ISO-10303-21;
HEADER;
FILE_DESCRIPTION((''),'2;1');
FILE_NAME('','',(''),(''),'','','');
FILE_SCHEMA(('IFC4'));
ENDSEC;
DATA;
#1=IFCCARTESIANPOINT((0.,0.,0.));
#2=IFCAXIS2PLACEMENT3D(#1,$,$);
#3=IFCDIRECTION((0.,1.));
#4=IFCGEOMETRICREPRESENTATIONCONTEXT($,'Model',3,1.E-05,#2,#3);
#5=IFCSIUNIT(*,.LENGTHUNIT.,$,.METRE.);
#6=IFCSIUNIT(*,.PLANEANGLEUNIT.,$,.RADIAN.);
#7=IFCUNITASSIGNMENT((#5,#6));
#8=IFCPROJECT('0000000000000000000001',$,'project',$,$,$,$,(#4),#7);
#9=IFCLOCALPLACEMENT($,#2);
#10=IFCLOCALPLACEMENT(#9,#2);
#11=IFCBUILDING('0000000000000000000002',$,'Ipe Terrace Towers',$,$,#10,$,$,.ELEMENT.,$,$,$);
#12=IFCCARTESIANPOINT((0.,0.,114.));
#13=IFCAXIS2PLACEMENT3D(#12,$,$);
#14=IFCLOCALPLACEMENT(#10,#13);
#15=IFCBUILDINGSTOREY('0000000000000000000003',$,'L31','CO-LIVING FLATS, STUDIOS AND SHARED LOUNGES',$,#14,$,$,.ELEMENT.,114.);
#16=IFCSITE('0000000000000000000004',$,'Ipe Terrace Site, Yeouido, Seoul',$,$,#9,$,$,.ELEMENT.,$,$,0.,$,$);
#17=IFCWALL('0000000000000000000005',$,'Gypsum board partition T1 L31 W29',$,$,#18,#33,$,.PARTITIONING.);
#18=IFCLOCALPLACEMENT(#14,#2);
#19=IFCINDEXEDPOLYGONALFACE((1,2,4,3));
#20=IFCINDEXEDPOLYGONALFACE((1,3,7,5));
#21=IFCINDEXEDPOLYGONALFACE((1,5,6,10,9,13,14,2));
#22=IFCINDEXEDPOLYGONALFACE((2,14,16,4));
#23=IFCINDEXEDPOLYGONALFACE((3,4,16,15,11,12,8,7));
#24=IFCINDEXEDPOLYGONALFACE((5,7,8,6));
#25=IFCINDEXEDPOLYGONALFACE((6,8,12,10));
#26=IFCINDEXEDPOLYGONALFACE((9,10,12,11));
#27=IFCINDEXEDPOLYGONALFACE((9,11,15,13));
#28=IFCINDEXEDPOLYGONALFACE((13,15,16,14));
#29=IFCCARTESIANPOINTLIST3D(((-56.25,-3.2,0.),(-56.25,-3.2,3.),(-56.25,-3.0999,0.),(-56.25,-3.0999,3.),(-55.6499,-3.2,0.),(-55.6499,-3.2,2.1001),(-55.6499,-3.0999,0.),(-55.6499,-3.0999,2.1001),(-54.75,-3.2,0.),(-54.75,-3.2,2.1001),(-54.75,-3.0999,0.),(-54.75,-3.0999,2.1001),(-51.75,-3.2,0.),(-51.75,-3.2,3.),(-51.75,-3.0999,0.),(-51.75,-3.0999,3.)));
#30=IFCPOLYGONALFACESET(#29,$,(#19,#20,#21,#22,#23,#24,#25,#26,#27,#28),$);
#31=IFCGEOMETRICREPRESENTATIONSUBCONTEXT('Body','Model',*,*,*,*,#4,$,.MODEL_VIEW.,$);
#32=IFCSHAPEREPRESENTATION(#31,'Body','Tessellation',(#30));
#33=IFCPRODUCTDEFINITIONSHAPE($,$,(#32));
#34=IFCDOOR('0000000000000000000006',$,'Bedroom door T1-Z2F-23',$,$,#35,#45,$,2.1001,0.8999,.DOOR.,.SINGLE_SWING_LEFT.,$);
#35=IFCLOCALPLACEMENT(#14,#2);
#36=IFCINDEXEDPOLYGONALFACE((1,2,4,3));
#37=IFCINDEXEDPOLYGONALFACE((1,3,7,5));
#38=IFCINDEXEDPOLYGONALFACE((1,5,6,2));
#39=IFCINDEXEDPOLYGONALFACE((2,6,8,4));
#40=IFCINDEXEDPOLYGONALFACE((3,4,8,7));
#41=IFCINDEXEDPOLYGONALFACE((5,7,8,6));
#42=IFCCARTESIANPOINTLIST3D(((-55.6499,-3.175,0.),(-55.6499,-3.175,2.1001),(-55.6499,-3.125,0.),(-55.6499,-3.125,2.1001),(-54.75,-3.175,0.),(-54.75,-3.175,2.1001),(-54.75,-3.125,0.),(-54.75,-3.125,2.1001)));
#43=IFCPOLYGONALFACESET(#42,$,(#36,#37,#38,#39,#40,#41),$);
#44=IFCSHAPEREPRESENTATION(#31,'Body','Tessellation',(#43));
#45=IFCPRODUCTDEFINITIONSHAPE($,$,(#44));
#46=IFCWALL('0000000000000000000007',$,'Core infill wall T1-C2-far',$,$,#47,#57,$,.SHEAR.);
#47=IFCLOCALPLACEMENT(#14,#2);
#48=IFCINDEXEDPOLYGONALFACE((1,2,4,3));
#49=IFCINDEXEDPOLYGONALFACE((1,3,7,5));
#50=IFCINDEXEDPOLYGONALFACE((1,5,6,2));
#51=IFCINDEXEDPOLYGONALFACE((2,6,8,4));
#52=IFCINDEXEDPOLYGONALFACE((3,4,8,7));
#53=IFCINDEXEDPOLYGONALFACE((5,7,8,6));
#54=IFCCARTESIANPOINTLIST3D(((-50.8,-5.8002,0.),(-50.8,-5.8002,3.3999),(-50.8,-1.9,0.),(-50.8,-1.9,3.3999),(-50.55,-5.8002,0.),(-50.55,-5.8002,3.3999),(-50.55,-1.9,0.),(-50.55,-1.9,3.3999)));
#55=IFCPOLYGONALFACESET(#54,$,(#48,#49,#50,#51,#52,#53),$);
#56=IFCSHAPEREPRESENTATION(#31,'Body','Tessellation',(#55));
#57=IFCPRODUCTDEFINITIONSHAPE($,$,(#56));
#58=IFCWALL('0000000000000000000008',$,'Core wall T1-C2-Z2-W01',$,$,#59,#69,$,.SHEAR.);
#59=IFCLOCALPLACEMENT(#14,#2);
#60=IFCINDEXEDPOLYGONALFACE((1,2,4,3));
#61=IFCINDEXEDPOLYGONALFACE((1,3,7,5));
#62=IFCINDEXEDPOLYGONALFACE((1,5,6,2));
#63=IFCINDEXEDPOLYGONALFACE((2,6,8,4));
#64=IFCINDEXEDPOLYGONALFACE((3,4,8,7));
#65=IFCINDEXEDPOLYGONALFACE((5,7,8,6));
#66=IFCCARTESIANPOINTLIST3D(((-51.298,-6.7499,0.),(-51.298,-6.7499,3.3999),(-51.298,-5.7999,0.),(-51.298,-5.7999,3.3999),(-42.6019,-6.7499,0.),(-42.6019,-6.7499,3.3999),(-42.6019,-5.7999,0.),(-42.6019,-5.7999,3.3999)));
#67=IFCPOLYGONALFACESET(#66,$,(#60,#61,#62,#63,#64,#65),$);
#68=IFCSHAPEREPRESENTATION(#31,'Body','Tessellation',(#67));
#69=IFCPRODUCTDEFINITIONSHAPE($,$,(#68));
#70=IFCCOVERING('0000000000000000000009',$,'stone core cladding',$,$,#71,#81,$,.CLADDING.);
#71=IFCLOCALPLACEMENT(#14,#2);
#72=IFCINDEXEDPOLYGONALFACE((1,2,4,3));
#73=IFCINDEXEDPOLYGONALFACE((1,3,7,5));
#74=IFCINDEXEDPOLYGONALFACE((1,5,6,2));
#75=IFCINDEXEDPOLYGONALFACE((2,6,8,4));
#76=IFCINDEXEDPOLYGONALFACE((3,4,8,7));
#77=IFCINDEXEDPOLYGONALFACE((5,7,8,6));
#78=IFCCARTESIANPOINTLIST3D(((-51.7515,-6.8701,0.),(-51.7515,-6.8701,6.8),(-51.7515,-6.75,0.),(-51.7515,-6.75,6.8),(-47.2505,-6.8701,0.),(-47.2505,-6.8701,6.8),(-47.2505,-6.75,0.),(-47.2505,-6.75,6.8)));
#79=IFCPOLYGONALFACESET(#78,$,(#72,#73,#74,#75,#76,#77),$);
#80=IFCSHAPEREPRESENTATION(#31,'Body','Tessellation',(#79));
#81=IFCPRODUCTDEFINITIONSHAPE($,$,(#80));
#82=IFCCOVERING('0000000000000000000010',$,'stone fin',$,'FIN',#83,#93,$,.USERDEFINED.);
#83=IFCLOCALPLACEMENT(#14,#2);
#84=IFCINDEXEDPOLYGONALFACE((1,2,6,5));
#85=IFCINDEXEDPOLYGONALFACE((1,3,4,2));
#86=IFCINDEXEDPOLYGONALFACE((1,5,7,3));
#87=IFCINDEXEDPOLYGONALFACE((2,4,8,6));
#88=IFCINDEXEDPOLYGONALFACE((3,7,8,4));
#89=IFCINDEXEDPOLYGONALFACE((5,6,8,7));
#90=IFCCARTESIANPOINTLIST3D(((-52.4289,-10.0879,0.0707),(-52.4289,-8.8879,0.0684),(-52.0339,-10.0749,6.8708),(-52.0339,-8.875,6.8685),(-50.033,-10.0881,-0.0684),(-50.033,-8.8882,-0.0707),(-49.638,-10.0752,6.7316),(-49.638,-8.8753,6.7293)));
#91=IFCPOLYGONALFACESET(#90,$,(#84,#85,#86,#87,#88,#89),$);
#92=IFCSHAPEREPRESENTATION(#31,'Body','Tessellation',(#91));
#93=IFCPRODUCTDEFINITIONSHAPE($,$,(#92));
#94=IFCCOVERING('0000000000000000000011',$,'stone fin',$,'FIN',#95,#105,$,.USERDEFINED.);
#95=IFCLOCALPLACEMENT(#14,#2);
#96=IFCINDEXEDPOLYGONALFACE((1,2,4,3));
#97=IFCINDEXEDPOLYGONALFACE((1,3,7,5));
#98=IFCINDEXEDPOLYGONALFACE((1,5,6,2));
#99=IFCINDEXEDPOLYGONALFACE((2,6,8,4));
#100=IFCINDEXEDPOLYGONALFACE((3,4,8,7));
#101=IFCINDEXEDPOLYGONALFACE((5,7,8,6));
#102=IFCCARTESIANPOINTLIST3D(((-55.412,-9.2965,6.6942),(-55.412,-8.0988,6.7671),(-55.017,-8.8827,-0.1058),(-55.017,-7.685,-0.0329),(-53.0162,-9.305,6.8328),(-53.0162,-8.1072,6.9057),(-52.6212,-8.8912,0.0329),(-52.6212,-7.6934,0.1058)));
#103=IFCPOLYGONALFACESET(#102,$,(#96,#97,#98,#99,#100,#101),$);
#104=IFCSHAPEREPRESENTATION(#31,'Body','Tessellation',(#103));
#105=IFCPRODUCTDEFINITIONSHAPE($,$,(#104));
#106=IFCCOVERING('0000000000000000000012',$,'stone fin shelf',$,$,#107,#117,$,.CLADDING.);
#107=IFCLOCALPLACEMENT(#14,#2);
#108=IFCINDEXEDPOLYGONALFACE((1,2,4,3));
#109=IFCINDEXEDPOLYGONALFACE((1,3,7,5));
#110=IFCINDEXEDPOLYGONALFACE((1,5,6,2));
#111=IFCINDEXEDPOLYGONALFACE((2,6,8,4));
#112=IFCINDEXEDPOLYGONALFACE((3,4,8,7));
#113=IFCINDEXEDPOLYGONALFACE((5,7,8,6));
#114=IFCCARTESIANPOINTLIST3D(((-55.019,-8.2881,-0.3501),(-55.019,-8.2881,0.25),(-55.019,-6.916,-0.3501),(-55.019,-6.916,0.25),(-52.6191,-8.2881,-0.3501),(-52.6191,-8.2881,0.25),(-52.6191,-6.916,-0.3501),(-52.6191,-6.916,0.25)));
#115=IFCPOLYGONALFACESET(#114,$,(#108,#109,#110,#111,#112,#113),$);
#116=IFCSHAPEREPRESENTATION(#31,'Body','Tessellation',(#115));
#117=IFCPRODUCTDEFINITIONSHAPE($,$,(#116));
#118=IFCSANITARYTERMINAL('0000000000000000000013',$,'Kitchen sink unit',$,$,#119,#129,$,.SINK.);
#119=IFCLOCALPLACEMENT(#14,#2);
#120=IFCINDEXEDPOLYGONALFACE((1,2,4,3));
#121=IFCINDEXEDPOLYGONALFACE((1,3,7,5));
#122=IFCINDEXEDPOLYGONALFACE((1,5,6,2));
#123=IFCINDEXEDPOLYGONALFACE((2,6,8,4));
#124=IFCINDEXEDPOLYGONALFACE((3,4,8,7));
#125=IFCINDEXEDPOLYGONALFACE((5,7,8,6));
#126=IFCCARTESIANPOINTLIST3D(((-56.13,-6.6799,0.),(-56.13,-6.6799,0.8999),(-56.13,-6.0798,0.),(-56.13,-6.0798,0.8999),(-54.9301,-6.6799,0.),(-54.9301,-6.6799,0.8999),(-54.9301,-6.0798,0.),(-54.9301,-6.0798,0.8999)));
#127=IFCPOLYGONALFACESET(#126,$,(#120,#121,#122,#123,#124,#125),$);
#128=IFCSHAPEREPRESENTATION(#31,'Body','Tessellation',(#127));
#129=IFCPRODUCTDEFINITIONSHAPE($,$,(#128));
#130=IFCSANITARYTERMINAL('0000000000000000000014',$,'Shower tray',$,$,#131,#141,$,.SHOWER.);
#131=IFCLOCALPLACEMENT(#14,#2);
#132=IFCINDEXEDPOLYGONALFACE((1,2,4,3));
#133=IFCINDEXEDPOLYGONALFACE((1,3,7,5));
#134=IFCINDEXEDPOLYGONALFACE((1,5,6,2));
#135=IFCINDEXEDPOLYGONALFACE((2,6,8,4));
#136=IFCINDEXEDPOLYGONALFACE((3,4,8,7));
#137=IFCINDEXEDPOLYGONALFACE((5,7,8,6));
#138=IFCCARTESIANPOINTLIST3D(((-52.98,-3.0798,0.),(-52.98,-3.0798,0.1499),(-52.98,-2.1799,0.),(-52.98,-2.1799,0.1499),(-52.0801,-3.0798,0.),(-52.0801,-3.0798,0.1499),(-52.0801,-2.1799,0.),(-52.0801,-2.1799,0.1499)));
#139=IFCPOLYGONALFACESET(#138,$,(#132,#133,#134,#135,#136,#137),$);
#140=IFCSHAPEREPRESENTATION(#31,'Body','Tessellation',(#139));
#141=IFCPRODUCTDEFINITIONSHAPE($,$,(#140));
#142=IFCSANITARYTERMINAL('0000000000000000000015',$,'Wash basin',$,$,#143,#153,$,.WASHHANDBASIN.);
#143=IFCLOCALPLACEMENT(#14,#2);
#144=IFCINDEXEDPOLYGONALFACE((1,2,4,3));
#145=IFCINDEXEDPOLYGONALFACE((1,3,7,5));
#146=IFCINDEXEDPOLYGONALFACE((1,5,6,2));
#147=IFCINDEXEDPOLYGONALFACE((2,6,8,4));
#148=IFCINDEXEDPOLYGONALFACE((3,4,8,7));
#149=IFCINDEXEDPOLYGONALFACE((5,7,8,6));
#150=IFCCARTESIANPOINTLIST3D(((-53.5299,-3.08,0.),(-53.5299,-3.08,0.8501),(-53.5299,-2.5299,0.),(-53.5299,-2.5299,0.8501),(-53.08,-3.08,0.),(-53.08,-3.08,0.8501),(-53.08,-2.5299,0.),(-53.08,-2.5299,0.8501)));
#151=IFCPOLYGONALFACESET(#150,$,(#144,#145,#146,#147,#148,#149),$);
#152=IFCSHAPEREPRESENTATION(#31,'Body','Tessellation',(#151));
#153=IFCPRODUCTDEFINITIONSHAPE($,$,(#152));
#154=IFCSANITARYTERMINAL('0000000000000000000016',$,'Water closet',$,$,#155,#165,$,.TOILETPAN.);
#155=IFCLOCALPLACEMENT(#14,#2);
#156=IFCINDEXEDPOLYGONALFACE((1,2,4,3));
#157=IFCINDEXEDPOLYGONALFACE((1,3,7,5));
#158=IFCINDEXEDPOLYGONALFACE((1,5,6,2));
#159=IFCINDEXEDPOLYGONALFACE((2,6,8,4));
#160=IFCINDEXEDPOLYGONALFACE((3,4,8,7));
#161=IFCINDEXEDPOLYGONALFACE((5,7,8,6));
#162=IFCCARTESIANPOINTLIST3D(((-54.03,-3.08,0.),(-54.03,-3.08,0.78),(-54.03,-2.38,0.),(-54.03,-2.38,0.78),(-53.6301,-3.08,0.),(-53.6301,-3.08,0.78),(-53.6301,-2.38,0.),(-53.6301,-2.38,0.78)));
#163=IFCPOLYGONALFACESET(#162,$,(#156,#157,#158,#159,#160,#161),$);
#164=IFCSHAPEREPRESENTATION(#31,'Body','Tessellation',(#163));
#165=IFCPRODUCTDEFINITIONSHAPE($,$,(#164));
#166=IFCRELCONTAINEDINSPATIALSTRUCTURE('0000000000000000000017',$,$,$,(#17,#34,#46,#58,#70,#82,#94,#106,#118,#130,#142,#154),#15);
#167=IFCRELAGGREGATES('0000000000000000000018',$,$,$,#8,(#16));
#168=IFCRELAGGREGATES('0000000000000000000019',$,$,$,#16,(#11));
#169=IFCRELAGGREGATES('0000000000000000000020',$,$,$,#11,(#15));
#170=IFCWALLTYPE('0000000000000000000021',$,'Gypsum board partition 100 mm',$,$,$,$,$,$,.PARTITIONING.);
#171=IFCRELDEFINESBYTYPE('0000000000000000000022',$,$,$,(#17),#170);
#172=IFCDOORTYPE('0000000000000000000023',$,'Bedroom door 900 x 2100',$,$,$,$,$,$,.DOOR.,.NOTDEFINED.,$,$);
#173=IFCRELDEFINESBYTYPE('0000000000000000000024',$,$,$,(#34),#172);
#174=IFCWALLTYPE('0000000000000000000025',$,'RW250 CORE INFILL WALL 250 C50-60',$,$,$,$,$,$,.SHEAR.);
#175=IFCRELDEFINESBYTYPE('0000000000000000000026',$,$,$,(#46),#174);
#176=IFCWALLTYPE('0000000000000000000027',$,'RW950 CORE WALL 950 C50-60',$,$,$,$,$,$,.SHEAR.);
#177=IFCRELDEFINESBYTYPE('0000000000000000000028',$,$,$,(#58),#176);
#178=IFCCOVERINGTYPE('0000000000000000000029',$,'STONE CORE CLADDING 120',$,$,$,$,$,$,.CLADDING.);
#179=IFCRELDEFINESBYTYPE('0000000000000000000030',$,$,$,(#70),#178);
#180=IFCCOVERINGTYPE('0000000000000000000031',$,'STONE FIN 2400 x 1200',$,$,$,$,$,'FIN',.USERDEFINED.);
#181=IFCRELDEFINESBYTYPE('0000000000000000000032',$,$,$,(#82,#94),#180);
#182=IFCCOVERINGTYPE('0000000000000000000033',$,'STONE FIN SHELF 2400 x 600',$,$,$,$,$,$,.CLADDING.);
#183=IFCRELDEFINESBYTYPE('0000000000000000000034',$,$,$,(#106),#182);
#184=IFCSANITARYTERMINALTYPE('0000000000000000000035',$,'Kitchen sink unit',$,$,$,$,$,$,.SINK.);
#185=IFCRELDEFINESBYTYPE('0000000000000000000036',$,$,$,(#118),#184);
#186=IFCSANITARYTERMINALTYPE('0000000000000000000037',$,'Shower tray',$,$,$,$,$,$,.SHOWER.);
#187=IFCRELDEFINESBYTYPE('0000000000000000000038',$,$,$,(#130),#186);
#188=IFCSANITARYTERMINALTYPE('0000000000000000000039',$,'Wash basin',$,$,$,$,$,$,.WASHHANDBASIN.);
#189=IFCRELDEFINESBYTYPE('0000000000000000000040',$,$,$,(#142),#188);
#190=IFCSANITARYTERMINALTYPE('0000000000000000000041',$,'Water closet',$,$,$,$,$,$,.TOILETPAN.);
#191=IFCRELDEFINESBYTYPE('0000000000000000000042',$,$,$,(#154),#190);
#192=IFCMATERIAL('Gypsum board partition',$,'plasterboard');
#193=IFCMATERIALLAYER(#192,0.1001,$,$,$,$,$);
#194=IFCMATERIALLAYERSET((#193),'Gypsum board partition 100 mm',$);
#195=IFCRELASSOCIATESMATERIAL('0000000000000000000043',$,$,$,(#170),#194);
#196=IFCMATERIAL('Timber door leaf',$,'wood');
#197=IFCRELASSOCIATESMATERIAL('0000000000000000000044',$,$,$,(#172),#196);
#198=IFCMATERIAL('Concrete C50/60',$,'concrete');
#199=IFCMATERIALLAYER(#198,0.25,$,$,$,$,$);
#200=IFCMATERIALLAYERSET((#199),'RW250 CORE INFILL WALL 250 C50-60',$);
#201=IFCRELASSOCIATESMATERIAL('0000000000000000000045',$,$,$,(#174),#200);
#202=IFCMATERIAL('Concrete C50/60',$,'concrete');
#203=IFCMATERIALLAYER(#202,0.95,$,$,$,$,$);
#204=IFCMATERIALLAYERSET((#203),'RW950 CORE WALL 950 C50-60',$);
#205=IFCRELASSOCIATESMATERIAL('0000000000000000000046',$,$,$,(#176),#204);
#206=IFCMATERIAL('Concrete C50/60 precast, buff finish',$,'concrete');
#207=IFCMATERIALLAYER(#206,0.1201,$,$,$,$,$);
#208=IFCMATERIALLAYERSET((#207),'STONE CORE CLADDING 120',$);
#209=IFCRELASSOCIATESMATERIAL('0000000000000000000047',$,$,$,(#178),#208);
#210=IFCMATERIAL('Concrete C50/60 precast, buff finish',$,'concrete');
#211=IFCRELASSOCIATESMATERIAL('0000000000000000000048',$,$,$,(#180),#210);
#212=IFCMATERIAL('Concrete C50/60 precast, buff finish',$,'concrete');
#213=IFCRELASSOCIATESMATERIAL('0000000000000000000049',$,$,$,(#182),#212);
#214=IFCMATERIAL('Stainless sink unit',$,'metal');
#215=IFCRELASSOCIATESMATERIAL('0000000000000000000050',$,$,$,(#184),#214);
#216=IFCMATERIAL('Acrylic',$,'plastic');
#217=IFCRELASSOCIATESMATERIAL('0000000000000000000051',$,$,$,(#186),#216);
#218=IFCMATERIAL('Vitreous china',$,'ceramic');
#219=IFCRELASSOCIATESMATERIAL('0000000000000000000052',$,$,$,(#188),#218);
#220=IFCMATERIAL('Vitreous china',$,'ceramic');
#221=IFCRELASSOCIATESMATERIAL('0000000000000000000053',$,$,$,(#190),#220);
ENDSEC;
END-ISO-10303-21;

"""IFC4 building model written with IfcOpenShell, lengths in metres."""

from ifc_helpers import new_model, si_unit, direction, frame, frame_2d, origin, origin_2d, place, context, subcontext, project, spatial, rectangle, extrude, material, layer, layer_set, material_profile, profile_set, type_object, element, fill, save


model = new_model("IFC4")

# Units and contexts
model_context = context("Model", 3, precision=1e-05, world=origin(), true_north=direction((0.0, 1.0)))
body_context = subcontext(model_context, "Body", "Model", "MODEL_VIEW")
ifc_project = project(units=[si_unit("LENGTHUNIT", "METRE"), si_unit("PLANEANGLEUNIT", "RADIAN")], contexts=[model_context])

# Site, building, storey
site_placement = place(None, origin())
site = spatial("IfcSite", under=ifc_project, at=site_placement, Name="Ipe Terrace Site, Yeouido, Seoul", CompositionType="ELEMENT", RefElevation=0.0)
building_placement = place(site_placement, origin())
building = spatial("IfcBuilding", under=site, at=building_placement, Name="Ipe Terrace Towers", CompositionType="ELEMENT")
storey_placement = place(building_placement, frame((0.0, 0.0, 114.0)))
storey = spatial("IfcBuildingStorey", under=building, at=storey_placement, Name="L31", Description="CO-LIVING FLATS, STUDIOS AND SHARED LOUNGES", CompositionType="ELEMENT", Elevation=114.0)

# Wall, opening, door
ifc_material_1 = material(Name="Gypsum board partition", Category="plasterboard")
ifc_layer_1 = layer(ifc_material_1, 0.1001)
ifc_layer_set_1 = layer_set([ifc_layer_1], Name="Gypsum board partition 100 mm")
wall_type_1 = type_object("IfcWallType", Name="Gypsum board partition 100 mm", PredefinedType="PARTITIONING", material=ifc_layer_set_1)
wall_1_placement = place(storey_placement, frame((-56.25, -3.1499, 0.0), z_axis=(0.0, 0.0, 1.0), x_axis=(1.0, 0.0, 0.0)))
wall_1 = element("IfcWall", 1, at=wall_1_placement, inside=storey, type_object=wall_type_1, Name="Gypsum board partition T1 L31 W29", PredefinedType="PARTITIONING", context=body_context, shape_type="SweptSolid", body=[
    extrude(rectangle(XDim=4.5, YDim=0.1001, at=frame_2d((2.25, 0.0))), origin(), (0.0, 0.0, 1.0), 3.0),
])
opening_1_placement = place(wall_1_placement, frame((0.6001, 0.0, 0.0)))
opening_1 = element("IfcOpeningElement", 2, at=opening_1_placement, cuts=wall_1, PredefinedType="OPENING", context=body_context, shape_type="SweptSolid", body=[
    extrude(rectangle(XDim=0.8999, YDim=2.1001, at=frame_2d((0.45, 1.05))), frame((0.0, 0.0601, 0.0), z_axis=(0.0, -1.0, 0.0), x_axis=(1.0, 0.0, 0.0)), (0.0, 0.0, 1.0), 0.1201),
])
ifc_material_2 = material(Name="Timber door leaf", Category="wood")
door_type_1 = type_object("IfcDoorType", Name="Bedroom door 900 x 2100", OperationType="NOTDEFINED", PredefinedType="DOOR", material=ifc_material_2)
door_1_placement = place(opening_1_placement, origin())
door_1 = element("IfcDoor", 3, at=door_1_placement, inside=storey, type_object=door_type_1, Name="Bedroom door T1-Z2F-23", OperationType="SINGLE_SWING_LEFT", OverallHeight=2.1001, OverallWidth=0.8999, PredefinedType="DOOR", context=body_context, shape_type="SweptSolid", body=[
    extrude(rectangle(XDim=0.8999, YDim=2.1001, at=frame_2d((0.45, 1.05))), frame((0.0, 0.0249, 0.0), z_axis=(0.0, -1.0, 0.0), x_axis=(1.0, 0.0, 0.0)), (0.0, 0.0, 1.0), 0.05),
])
fill(opening_1, door_1)

# Walls
ifc_material_3 = material(Name="Concrete C50/60", Category="concrete")
ifc_layer_2 = layer(ifc_material_3, 0.25)
ifc_layer_set_2 = layer_set([ifc_layer_2], Name="RW250 CORE INFILL WALL 250 C50-60")
wall_type_2 = type_object("IfcWallType", Name="RW250 CORE INFILL WALL 250 C50-60", PredefinedType="SHEAR", material=ifc_layer_set_2)
wall_2_placement = place(storey_placement, frame((-50.675, -1.8999, 0.0), z_axis=(0.0, 0.0, 1.0), x_axis=(0.0, -1.0, 0.0)))
element("IfcWall", 4, at=wall_2_placement, inside=storey, type_object=wall_type_2, Name="Core infill wall T1-C2-far", PredefinedType="SHEAR", context=body_context, shape_type="SweptSolid", body=[
    extrude(rectangle(XDim=3.9001, YDim=0.25, at=frame_2d((1.9502, 0.0))), origin(), (0.0, 0.0, 1.0), 3.3999),
])
ifc_material_4 = material(Name="Concrete C50/60", Category="concrete")
ifc_layer_3 = layer(ifc_material_4, 0.95)
ifc_layer_set_3 = layer_set([ifc_layer_3], Name="RW950 CORE WALL 950 C50-60")
wall_type_3 = type_object("IfcWallType", Name="RW950 CORE WALL 950 C50-60", PredefinedType="SHEAR", material=ifc_layer_set_3)
wall_3_placement = place(storey_placement, frame((-51.2981, -6.2749, 0.0), z_axis=(0.0, 0.0, 1.0), x_axis=(1.0, 0.0, 0.0)))
element("IfcWall", 5, at=wall_3_placement, inside=storey, type_object=wall_type_3, Name="Core wall T1-C2-Z2-W01", PredefinedType="SHEAR", context=body_context, shape_type="SweptSolid", body=[
    extrude(rectangle(XDim=8.696, YDim=0.95, at=frame_2d((4.3481, 0.0))), origin(), (0.0, 0.0, 1.0), 3.3999),
])

# Coverings
ifc_material_5 = material(Name="Concrete C50/60 precast, buff finish", Category="concrete")
ifc_layer_4 = layer(ifc_material_5, 0.1201)
ifc_layer_set_4 = layer_set([ifc_layer_4], Name="STONE CORE CLADDING 120")
covering_type_1 = type_object("IfcCoveringType", Name="STONE CORE CLADDING 120", PredefinedType="CLADDING", material=ifc_layer_set_4)
covering_1_placement = place(storey_placement, frame((-49.501, -6.8101, 0.0), z_axis=(0.0, 0.0, 1.0), x_axis=(1.0, 0.0, 0.0)))
element("IfcCovering", 6, at=covering_1_placement, inside=storey, type_object=covering_type_1, Name="stone core cladding", PredefinedType="CLADDING", context=body_context, shape_type="SweptSolid", body=[
    extrude(rectangle(XDim=4.501, YDim=0.1201, at=origin_2d()), origin(), (0.0, 0.0, 1.0), 6.8),
])
ifc_material_6 = material(Name="Concrete C50/60 precast, buff finish", Category="concrete")
ifc_material_profile_1 = material_profile(ifc_material_6, rectangle(XDim=2.3999, YDim=1.2, at=origin_2d()), Name="STONE FIN 2400 x 1200")
ifc_profile_set_1 = profile_set([ifc_material_profile_1], Name="Concrete C50/60 precast, buff finish")
covering_type_2 = type_object("IfcCoveringType", Name="STONE FIN 2400 x 1200", ElementType="FIN", PredefinedType="USERDEFINED", material=ifc_profile_set_1)
covering_2_placement = place(storey_placement, frame((-51.231, -9.488, 0.0), z_axis=(0.057993, 0.0019, 0.998315), x_axis=(0.998317, -0.00011, -0.057993)))
element("IfcCovering", 7, at=covering_2_placement, inside=storey, type_object=covering_type_2, Name="stone fin", ObjectType="FIN", PredefinedType="USERDEFINED", context=body_context, shape_type="SweptSolid", body=[
    extrude(rectangle(XDim=2.3999, YDim=1.2, at=origin_2d()), origin(), (0.0, 0.0, 1.0), 6.8115),
])
covering_3_placement = place(storey_placement, frame((-53.8191, -8.2881, 0.0), z_axis=(-0.057886, -0.060641, 0.99648), x_axis=(0.998323, -0.003516, 0.057779)))
element("IfcCovering", 8, at=covering_3_placement, inside=storey, type_object=covering_type_2, Name="stone fin", ObjectType="FIN", PredefinedType="USERDEFINED", context=body_context, shape_type="SweptSolid", body=[
    extrude(rectangle(XDim=2.3999, YDim=1.2, at=origin_2d()), origin(), (0.0, 0.0, 1.0), 6.824),
])
ifc_material_7 = material(Name="Concrete C50/60 precast, buff finish", Category="concrete")
covering_type_3 = type_object("IfcCoveringType", Name="STONE FIN SHELF 2400 x 600", PredefinedType="CLADDING", material=ifc_material_7)
covering_4_placement = place(storey_placement, frame((-53.8191, -7.6021, -0.3501), z_axis=(0.0, 0.0, 1.0), x_axis=(1.0, 0.0, 0.0)))
element("IfcCovering", 9, at=covering_4_placement, inside=storey, type_object=covering_type_3, Name="stone fin shelf", PredefinedType="CLADDING", context=body_context, shape_type="SweptSolid", body=[
    extrude(rectangle(XDim=2.3999, YDim=1.3721, at=origin_2d()), origin(), (0.0, 0.0, 1.0), 0.6001),
])

# Sanitary terminals
ifc_material_8 = material(Name="Stainless sink unit", Category="metal")
sanitary_terminal_type_1 = type_object("IfcSanitaryTerminalType", Name="Kitchen sink unit", PredefinedType="SINK", material=ifc_material_8)
sanitary_terminal_1_placement = place(storey_placement, frame((-55.53, -6.3799, 0.0), z_axis=(0.0, 0.0, 1.0), x_axis=(-1.0, 0.0, 0.0)))
element("IfcSanitaryTerminal", 10, at=sanitary_terminal_1_placement, inside=storey, type_object=sanitary_terminal_type_1, Name="Kitchen sink unit", PredefinedType="SINK", context=body_context, shape_type="SweptSolid", body=[
    extrude(rectangle(XDim=1.2, YDim=0.6001, at=origin_2d()), origin(), (0.0, 0.0, 1.0), 0.8999),
])
ifc_material_9 = material(Name="Acrylic", Category="plastic")
sanitary_terminal_type_2 = type_object("IfcSanitaryTerminalType", Name="Shower tray", PredefinedType="SHOWER", material=ifc_material_9)
sanitary_terminal_2_placement = place(storey_placement, frame((-52.53, -2.6299, 0.0), z_axis=(0.0, 0.0, 1.0), x_axis=(0.0, 1.0, 0.0)))
element("IfcSanitaryTerminal", 11, at=sanitary_terminal_2_placement, inside=storey, type_object=sanitary_terminal_type_2, Name="Shower tray", PredefinedType="SHOWER", context=body_context, shape_type="SweptSolid", body=[
    extrude(rectangle(XDim=0.8999, YDim=0.8999, at=origin_2d()), origin(), (0.0, 0.0, 1.0), 0.1499),
])
ifc_material_10 = material(Name="Vitreous china", Category="ceramic")
sanitary_terminal_type_3 = type_object("IfcSanitaryTerminalType", Name="Wash basin", PredefinedType="WASHHANDBASIN", material=ifc_material_10)
sanitary_terminal_3_placement = place(storey_placement, frame((-53.3049, -2.8049, 0.0), z_axis=(0.0, 0.0, 1.0), x_axis=(0.0, 1.0, 0.0)))
element("IfcSanitaryTerminal", 12, at=sanitary_terminal_3_placement, inside=storey, type_object=sanitary_terminal_type_3, Name="Wash basin", PredefinedType="WASHHANDBASIN", context=body_context, shape_type="SweptSolid", body=[
    extrude(rectangle(XDim=0.55, YDim=0.45, at=origin_2d()), origin(), (0.0, 0.0, 1.0), 0.8501),
])
ifc_material_11 = material(Name="Vitreous china", Category="ceramic")
sanitary_terminal_type_4 = type_object("IfcSanitaryTerminalType", Name="Water closet", PredefinedType="TOILETPAN", material=ifc_material_11)
sanitary_terminal_4_placement = place(storey_placement, frame((-53.8301, -2.73, 0.0), z_axis=(0.0, 0.0, 1.0), x_axis=(0.0, 1.0, 0.0)))
element("IfcSanitaryTerminal", 13, at=sanitary_terminal_4_placement, inside=storey, type_object=sanitary_terminal_type_4, Name="Water closet", PredefinedType="TOILETPAN", context=body_context, shape_type="SweptSolid", body=[
    extrude(rectangle(XDim=0.7, YDim=0.3999, at=origin_2d()), origin(), (0.0, 0.0, 1.0), 0.78),
])

save(model, "model.ifc")
